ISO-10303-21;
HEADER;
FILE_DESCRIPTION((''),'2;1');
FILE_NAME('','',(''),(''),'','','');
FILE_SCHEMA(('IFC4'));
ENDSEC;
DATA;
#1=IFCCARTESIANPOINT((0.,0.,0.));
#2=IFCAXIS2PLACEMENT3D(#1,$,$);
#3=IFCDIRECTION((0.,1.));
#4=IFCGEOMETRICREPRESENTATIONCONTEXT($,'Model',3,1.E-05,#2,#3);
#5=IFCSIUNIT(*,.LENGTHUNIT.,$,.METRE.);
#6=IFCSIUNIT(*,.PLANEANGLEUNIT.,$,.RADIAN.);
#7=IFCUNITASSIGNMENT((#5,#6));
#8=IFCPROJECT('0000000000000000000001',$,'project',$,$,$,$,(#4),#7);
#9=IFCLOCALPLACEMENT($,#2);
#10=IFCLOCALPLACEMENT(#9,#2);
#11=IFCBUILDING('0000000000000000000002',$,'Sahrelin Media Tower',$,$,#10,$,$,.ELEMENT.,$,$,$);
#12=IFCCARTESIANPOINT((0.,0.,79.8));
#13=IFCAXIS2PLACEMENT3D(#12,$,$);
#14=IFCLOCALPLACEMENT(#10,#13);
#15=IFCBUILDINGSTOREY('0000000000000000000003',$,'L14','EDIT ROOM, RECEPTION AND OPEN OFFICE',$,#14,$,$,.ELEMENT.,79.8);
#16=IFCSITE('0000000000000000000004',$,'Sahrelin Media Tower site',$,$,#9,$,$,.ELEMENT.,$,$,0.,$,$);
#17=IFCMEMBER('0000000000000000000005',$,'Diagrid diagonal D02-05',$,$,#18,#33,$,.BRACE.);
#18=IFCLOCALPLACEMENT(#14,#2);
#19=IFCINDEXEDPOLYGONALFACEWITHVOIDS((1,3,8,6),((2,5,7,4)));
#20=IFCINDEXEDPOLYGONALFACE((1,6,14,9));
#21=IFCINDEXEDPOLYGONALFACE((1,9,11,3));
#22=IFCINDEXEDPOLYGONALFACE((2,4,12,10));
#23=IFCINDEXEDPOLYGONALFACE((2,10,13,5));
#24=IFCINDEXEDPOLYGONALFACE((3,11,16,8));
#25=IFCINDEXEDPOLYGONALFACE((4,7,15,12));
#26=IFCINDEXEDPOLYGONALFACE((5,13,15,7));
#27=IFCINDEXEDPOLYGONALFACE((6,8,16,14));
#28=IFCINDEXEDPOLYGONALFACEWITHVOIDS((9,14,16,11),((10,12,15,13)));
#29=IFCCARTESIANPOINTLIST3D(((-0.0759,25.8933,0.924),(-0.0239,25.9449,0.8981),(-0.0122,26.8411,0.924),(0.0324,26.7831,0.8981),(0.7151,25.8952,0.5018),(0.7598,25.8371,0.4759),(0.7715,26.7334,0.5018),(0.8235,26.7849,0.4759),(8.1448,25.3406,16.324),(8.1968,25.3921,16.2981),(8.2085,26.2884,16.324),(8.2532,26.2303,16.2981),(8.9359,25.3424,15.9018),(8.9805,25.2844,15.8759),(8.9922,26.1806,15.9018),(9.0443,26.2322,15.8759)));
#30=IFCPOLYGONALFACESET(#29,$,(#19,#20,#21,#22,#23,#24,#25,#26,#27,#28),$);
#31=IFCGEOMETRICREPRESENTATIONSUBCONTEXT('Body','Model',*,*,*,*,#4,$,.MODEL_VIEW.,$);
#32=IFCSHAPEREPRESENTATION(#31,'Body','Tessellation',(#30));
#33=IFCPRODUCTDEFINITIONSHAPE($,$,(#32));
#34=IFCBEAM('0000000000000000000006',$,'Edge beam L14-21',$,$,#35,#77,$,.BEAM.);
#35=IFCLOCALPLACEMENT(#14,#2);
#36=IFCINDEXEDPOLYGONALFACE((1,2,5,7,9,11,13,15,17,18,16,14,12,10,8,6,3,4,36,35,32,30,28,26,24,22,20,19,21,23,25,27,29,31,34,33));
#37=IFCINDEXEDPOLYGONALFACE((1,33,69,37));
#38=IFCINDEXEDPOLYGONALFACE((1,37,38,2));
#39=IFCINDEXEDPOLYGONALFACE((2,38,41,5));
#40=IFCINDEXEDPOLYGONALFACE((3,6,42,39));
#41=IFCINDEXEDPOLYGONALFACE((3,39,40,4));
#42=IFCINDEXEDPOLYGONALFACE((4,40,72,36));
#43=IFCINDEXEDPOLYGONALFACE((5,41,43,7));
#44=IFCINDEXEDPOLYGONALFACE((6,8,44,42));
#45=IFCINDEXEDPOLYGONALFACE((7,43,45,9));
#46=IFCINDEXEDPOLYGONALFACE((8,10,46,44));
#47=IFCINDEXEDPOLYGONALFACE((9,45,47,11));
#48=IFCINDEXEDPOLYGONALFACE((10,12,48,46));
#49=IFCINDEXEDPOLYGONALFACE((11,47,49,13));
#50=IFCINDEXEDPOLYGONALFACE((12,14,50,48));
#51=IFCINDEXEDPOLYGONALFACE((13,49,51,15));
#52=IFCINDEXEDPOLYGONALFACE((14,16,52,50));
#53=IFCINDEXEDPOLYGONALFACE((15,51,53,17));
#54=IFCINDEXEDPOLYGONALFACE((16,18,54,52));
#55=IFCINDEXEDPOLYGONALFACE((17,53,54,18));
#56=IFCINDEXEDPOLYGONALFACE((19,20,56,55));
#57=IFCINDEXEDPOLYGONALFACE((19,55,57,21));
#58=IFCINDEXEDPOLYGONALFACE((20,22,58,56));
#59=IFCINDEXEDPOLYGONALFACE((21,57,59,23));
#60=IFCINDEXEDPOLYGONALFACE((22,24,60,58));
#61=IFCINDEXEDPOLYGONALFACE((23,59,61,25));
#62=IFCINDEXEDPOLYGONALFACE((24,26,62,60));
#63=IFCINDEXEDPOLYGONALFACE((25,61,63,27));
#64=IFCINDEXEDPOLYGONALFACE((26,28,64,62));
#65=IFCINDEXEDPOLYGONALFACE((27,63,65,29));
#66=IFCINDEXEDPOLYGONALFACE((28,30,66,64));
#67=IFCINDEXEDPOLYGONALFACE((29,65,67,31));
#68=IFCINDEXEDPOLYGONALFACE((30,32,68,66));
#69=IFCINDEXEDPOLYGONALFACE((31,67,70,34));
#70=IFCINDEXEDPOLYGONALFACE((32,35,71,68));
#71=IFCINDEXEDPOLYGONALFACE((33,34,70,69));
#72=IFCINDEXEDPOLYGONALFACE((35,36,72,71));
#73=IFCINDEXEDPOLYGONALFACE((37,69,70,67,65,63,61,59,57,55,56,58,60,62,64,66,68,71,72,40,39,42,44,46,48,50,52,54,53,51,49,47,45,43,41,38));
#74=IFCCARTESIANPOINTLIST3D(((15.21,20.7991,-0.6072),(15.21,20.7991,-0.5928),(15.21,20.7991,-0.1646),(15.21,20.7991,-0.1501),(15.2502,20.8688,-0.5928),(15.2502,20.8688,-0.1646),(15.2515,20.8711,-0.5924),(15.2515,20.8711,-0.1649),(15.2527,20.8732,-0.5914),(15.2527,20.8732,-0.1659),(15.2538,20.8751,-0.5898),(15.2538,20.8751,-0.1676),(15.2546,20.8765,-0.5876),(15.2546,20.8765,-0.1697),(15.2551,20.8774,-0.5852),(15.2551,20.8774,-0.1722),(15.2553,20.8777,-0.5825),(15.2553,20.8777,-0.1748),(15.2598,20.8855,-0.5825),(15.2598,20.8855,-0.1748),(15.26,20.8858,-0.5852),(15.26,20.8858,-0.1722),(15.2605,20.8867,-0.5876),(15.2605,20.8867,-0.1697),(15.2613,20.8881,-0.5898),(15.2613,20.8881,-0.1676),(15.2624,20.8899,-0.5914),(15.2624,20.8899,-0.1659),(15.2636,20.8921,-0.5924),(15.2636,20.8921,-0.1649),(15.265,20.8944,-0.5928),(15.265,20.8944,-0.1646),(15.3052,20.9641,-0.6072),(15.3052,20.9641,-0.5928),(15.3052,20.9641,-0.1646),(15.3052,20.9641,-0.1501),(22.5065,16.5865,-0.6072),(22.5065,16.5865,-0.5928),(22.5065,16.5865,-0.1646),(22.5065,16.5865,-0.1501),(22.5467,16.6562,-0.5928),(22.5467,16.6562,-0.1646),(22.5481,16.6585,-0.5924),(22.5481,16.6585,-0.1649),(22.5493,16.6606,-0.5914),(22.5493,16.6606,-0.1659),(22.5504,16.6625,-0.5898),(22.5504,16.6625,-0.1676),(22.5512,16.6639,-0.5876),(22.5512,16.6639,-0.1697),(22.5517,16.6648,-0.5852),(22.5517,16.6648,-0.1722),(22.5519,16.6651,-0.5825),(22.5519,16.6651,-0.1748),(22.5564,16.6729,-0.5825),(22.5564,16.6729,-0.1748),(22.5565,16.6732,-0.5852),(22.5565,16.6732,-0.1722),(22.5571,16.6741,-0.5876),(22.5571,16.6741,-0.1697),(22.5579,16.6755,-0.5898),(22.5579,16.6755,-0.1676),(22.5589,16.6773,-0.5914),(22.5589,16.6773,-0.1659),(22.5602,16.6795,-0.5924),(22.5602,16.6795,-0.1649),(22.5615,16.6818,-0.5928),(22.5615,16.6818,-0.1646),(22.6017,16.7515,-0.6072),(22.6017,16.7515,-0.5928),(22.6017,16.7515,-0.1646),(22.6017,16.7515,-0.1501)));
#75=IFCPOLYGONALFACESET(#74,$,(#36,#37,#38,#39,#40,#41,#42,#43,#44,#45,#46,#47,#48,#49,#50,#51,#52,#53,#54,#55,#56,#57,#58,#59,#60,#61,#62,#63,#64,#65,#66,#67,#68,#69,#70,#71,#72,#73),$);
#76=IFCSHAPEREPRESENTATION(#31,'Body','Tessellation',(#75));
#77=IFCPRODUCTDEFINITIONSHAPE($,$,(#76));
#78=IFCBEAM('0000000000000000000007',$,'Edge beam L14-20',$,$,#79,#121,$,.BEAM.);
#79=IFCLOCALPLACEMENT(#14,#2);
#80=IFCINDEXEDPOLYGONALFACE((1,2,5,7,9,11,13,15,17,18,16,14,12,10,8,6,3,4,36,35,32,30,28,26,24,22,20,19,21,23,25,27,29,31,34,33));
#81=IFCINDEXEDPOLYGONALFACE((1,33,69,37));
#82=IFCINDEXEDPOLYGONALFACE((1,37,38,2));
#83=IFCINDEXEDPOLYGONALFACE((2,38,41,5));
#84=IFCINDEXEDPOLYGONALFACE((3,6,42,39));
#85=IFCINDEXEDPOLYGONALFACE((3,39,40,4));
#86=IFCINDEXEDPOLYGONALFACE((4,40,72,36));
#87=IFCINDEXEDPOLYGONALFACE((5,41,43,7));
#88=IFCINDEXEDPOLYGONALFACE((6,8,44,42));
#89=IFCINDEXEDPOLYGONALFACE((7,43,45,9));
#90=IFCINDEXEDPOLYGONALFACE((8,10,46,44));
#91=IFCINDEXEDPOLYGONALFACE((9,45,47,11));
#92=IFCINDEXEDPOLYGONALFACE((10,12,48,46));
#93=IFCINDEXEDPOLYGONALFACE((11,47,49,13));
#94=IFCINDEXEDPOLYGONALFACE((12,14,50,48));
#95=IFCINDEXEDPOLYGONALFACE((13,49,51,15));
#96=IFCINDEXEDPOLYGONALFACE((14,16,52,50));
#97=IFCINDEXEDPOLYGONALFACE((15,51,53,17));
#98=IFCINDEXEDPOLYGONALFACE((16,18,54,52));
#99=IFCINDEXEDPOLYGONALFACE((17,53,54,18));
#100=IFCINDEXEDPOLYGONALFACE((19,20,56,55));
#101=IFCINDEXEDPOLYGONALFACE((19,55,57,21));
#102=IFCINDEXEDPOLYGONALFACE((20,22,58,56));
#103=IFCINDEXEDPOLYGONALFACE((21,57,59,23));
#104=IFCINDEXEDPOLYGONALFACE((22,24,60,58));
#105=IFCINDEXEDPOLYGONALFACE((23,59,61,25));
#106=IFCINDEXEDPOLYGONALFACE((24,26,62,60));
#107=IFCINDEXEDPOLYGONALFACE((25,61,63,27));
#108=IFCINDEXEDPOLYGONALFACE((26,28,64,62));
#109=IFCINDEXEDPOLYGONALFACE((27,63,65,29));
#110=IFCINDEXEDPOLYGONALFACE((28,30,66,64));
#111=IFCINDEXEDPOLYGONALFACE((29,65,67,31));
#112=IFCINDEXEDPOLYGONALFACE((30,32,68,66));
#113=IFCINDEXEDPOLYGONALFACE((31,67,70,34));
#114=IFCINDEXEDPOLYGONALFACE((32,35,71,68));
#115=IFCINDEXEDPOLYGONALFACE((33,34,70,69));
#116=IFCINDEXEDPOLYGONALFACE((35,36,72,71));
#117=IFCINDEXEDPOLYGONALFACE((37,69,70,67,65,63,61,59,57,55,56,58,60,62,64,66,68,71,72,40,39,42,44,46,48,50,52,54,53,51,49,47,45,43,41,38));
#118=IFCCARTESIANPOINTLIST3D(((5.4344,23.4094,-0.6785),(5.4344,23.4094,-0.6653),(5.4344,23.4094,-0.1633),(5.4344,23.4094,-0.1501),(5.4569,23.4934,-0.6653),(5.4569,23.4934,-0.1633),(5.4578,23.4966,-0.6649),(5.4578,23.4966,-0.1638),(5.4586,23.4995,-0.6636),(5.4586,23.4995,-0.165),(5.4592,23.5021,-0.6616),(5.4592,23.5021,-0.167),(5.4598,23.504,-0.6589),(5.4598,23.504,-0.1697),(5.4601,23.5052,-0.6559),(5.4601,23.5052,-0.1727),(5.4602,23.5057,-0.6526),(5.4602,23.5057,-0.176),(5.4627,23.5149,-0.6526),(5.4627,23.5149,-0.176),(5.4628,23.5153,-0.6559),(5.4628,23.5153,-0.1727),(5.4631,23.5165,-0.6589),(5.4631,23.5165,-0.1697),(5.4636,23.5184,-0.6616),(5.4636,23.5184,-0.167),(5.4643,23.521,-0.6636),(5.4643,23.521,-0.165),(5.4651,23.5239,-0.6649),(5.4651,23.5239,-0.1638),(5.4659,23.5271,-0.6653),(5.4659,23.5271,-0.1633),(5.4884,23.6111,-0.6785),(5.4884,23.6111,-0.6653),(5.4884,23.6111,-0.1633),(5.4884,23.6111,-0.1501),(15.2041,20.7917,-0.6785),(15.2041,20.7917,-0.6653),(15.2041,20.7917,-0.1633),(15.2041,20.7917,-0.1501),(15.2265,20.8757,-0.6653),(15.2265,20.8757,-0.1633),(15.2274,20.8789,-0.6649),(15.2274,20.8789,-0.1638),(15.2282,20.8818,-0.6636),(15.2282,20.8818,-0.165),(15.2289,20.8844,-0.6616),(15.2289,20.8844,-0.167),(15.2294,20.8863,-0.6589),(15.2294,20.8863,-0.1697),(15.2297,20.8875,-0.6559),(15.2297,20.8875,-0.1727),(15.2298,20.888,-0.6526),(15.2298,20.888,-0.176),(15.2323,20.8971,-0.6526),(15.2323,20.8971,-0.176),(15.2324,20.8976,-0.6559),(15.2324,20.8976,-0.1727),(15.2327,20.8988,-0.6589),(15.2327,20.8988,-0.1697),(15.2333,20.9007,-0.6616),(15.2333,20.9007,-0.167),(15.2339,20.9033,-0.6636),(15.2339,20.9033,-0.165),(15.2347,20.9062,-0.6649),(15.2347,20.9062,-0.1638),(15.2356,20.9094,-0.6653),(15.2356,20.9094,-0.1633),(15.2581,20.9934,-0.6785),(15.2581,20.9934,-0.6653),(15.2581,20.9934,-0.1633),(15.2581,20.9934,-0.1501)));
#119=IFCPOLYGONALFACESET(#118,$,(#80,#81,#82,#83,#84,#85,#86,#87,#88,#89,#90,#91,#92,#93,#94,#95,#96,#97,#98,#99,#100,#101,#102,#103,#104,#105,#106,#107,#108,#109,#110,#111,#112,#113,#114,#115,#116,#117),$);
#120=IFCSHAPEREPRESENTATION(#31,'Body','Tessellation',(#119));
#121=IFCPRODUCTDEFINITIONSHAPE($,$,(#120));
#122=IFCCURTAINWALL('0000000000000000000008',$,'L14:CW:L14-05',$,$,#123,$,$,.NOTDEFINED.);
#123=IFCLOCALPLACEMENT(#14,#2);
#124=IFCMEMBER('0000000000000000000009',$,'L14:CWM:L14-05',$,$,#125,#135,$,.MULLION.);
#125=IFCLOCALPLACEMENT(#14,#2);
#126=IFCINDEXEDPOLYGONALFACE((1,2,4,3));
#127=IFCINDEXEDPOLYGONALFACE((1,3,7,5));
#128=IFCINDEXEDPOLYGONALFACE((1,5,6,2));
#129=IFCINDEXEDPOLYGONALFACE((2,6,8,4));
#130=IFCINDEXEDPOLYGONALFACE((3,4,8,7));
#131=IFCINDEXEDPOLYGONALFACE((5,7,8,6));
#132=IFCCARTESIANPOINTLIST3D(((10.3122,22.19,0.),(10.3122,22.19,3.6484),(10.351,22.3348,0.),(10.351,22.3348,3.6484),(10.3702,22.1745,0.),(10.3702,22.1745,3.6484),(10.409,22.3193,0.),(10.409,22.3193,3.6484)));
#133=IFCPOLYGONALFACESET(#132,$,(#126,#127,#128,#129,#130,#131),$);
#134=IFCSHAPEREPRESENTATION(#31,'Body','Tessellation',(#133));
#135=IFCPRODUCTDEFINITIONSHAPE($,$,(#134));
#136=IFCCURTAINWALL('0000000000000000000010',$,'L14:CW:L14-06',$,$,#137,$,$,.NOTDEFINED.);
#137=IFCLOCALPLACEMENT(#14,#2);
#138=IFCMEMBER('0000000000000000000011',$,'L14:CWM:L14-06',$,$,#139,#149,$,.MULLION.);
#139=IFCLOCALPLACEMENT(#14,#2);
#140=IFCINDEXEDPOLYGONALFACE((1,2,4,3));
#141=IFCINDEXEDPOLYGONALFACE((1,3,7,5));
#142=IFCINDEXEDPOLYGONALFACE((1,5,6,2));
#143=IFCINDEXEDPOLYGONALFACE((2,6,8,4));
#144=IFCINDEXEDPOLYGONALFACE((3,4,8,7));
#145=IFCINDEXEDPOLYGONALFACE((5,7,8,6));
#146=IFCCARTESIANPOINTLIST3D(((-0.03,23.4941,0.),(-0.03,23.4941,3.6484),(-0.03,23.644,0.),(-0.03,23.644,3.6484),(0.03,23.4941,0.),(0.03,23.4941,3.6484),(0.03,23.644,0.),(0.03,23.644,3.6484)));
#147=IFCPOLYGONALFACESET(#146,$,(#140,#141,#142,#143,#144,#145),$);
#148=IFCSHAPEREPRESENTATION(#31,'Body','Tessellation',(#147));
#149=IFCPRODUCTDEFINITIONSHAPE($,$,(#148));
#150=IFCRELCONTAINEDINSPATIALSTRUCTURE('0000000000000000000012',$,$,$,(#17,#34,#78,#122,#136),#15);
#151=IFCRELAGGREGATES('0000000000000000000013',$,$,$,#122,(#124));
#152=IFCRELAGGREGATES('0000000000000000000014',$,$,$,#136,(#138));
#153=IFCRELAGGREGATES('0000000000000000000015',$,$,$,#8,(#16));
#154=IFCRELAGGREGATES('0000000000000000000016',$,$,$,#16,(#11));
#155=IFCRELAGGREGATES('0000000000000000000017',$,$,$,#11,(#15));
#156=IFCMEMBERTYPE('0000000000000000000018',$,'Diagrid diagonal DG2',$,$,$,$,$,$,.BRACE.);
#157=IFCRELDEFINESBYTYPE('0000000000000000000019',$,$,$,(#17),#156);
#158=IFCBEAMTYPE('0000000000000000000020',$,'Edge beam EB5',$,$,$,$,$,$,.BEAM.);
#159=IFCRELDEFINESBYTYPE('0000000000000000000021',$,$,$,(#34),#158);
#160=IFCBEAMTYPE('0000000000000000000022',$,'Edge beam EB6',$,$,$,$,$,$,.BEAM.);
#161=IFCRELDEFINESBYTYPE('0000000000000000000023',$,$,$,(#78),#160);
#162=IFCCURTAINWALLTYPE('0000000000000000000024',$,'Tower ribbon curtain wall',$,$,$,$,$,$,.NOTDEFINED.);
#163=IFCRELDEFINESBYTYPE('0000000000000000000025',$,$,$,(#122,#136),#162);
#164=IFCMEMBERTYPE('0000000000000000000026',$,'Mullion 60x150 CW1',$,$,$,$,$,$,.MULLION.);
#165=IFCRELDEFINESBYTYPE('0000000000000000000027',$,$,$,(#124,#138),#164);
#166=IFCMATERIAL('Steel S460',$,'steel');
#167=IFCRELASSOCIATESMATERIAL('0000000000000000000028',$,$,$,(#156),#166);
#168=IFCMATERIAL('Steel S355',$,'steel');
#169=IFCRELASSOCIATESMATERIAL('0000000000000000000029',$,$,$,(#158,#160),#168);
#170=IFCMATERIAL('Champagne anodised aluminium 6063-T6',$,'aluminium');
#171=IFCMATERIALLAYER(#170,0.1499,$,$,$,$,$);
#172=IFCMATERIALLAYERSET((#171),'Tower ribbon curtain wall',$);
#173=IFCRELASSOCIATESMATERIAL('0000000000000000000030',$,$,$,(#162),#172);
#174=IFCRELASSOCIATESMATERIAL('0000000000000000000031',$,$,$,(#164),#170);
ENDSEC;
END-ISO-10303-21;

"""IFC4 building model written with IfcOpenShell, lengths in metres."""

from ifc_helpers import new_model, si_unit, direction, frame, origin, origin_2d, place, context, subcontext, project, spatial, rectangle, hollow_rectangle, i_section, extrude, material, layer, layer_set, material_profile, profile_set, type_object, element, aggregate, save


model = new_model("IFC4")

# Units and contexts
model_context = context("Model", 3, precision=1e-05, world=origin(), true_north=direction((0.0, 1.0)))
body_context = subcontext(model_context, "Body", "Model", "MODEL_VIEW")
ifc_project = project(units=[si_unit("LENGTHUNIT", "METRE"), si_unit("PLANEANGLEUNIT", "RADIAN")], contexts=[model_context])

# Site, building, storey
site_placement = place(None, origin())
site = spatial("IfcSite", under=ifc_project, at=site_placement, Name="Sahrelin Media Tower site", CompositionType="ELEMENT", RefElevation=0.0)
building_placement = place(site_placement, origin())
building = spatial("IfcBuilding", under=site, at=building_placement, Name="Sahrelin Media Tower", CompositionType="ELEMENT")
storey_placement = place(building_placement, frame((0.0, 0.0, 79.8)))
storey = spatial("IfcBuildingStorey", under=building, at=storey_placement, Name="L14", Description="EDIT ROOM, RECEPTION AND OPEN OFFICE", CompositionType="ELEMENT", Elevation=79.8)

# Member
ifc_material_1 = material(Name="Steel S460", Category="steel")
ifc_material_profile_1 = material_profile(ifc_material_1, hollow_rectangle(XDim=0.95, YDim=0.95, WallThickness=0.0549, at=origin_2d()), Name="Diagrid diagonal DG2")
ifc_profile_set_1 = profile_set([ifc_material_profile_1], Name="Steel S460")
member_type_1 = type_object("IfcMemberType", Name="Diagrid diagonal DG2", PredefinedType="BRACE", material=ifc_profile_set_1)
member_1_placement = place(storey_placement, frame((0.3738, 26.3391, 0.7), z_axis=(0.470683, -0.031647, 0.881734), x_axis=(0.067085, 0.997747, 0.0)))
element("IfcMember", 1, at=member_1_placement, inside=storey, type_object=member_type_1, Name="Diagrid diagonal D02-05", PredefinedType="BRACE", context=body_context, shape_type="SweptSolid", body=[
    extrude(hollow_rectangle(XDim=0.95, YDim=0.95, WallThickness=0.0549, at=origin_2d()), origin(), (0.0, 0.0, 1.0), 17.4656),
])

# Beams
ifc_material_2 = material(Name="Steel S355", Category="steel")
ifc_material_profile_2 = material_profile(ifc_material_2, i_section(OverallWidth=0.1904, OverallDepth=0.457, WebThickness=0.009, FlangeThickness=0.0144, FilletRadius=0.0103, at=origin_2d()), Name="UB 457x191x74")
ifc_profile_set_2 = profile_set([ifc_material_profile_2], Name="Steel S355")
beam_type_1 = type_object("IfcBeamType", Name="Edge beam EB5", PredefinedType="BEAM", material=ifc_profile_set_2)
beam_1_placement = place(storey_placement, frame((15.2576, 20.8816, -0.3787), z_axis=(0.866029, -0.499994, 0.0), x_axis=(0.499994, 0.866029, 0.0)))
element("IfcBeam", 2, at=beam_1_placement, inside=storey, type_object=beam_type_1, Name="Edge beam L14-21", PredefinedType="BEAM", context=body_context, shape_type="SweptSolid", body=[
    extrude(i_section(OverallWidth=0.1904, OverallDepth=0.457, WebThickness=0.009, FlangeThickness=0.0144, FilletRadius=0.0103, at=origin_2d()), origin(), (0.0, 0.0, 1.0), 8.4253),
])
ifc_material_profile_3 = material_profile(ifc_material_2, i_section(OverallWidth=0.2087, OverallDepth=0.5283, WebThickness=0.0095, FlangeThickness=0.0132, FilletRadius=0.0127, at=origin_2d()), Name="UB 533x210x82")
ifc_profile_set_3 = profile_set([ifc_material_profile_3], Name="Steel S355")
beam_type_2 = type_object("IfcBeamType", Name="Edge beam EB6", PredefinedType="BEAM", material=ifc_profile_set_3)
beam_2_placement = place(storey_placement, frame((5.4614, 23.5103, -0.4143), z_axis=(0.965927, -0.258813, 0.0), x_axis=(0.258813, 0.965927, 0.0)))
element("IfcBeam", 3, at=beam_2_placement, inside=storey, type_object=beam_type_2, Name="Edge beam L14-20", PredefinedType="BEAM", context=body_context, shape_type="SweptSolid", body=[
    extrude(i_section(OverallWidth=0.2087, OverallDepth=0.5283, WebThickness=0.0095, FlangeThickness=0.0132, FilletRadius=0.0127, at=origin_2d()), origin(), (0.0, 0.0, 1.0), 10.1143),
])

# Curtain walls, members
ifc_material_3 = material(Name="Champagne anodised aluminium 6063-T6", Category="aluminium")
ifc_layer_1 = layer(ifc_material_3, 0.1499)
ifc_layer_set_1 = layer_set([ifc_layer_1], Name="Tower ribbon curtain wall")
curtain_wall_type = type_object("IfcCurtainWallType", Name="Tower ribbon curtain wall", PredefinedType="NOTDEFINED", material=ifc_layer_set_1)
curtain_wall_1_placement = place(storey_placement, frame((10.385, 22.3464, 0.0), z_axis=(0.0, 0.0, 1.0), x_axis=(1.0, 0.0, 0.0)))
curtain_wall_1 = element("IfcCurtainWall", 4, at=curtain_wall_1_placement, inside=storey, type_object=curtain_wall_type, Name="L14:CW:L14-05", PredefinedType="NOTDEFINED")
ifc_material_profile_4 = material_profile(ifc_material_3, rectangle(XDim=0.0601, YDim=0.1499, at=origin_2d()), Name="Mullion 60x150")
ifc_profile_set_4 = profile_set([ifc_material_profile_4], Name="Champagne anodised aluminium 6063-T6")
member_type_2 = type_object("IfcMemberType", Name="Mullion 60x150 CW1", PredefinedType="MULLION", material=ifc_profile_set_4)
member_2_placement = place(storey_placement, frame((10.3606, 22.2546, 0.0), z_axis=(0.0, 0.0, 1.0), x_axis=(-0.965925, 0.258822, 0.0)))
member_2 = element("IfcMember", 5, at=member_2_placement, type_object=member_type_2, Name="L14:CWM:L14-05", PredefinedType="MULLION", context=body_context, shape_type="SweptSolid", body=[
    extrude(rectangle(XDim=0.0601, YDim=0.1499, at=origin_2d()), origin(), (0.0, 0.0, 1.0), 3.6484),
])
placement_1 = place(storey_placement, frame((0.0, 23.6641, 0.0), z_axis=(0.0, 0.0, 1.0), x_axis=(1.0, 0.0, 0.0)))
curtain_wall_2 = element("IfcCurtainWall", 6, at=placement_1, inside=storey, type_object=curtain_wall_type, Name="L14:CW:L14-06", PredefinedType="NOTDEFINED")
member_3_placement = place(storey_placement, frame((0.0, 23.5691, 0.0), z_axis=(0.0, 0.0, 1.0), x_axis=(-1.0, 0.0, 0.0)))
member_3 = element("IfcMember", 7, at=member_3_placement, type_object=member_type_2, Name="L14:CWM:L14-06", PredefinedType="MULLION", context=body_context, shape_type="SweptSolid", body=[
    extrude(rectangle(XDim=0.0601, YDim=0.1499, at=origin_2d()), origin(), (0.0, 0.0, 1.0), 3.6484),
])

aggregate(curtain_wall_1, [member_2])

aggregate(curtain_wall_2, [member_3])

save(model, "model.ifc")
